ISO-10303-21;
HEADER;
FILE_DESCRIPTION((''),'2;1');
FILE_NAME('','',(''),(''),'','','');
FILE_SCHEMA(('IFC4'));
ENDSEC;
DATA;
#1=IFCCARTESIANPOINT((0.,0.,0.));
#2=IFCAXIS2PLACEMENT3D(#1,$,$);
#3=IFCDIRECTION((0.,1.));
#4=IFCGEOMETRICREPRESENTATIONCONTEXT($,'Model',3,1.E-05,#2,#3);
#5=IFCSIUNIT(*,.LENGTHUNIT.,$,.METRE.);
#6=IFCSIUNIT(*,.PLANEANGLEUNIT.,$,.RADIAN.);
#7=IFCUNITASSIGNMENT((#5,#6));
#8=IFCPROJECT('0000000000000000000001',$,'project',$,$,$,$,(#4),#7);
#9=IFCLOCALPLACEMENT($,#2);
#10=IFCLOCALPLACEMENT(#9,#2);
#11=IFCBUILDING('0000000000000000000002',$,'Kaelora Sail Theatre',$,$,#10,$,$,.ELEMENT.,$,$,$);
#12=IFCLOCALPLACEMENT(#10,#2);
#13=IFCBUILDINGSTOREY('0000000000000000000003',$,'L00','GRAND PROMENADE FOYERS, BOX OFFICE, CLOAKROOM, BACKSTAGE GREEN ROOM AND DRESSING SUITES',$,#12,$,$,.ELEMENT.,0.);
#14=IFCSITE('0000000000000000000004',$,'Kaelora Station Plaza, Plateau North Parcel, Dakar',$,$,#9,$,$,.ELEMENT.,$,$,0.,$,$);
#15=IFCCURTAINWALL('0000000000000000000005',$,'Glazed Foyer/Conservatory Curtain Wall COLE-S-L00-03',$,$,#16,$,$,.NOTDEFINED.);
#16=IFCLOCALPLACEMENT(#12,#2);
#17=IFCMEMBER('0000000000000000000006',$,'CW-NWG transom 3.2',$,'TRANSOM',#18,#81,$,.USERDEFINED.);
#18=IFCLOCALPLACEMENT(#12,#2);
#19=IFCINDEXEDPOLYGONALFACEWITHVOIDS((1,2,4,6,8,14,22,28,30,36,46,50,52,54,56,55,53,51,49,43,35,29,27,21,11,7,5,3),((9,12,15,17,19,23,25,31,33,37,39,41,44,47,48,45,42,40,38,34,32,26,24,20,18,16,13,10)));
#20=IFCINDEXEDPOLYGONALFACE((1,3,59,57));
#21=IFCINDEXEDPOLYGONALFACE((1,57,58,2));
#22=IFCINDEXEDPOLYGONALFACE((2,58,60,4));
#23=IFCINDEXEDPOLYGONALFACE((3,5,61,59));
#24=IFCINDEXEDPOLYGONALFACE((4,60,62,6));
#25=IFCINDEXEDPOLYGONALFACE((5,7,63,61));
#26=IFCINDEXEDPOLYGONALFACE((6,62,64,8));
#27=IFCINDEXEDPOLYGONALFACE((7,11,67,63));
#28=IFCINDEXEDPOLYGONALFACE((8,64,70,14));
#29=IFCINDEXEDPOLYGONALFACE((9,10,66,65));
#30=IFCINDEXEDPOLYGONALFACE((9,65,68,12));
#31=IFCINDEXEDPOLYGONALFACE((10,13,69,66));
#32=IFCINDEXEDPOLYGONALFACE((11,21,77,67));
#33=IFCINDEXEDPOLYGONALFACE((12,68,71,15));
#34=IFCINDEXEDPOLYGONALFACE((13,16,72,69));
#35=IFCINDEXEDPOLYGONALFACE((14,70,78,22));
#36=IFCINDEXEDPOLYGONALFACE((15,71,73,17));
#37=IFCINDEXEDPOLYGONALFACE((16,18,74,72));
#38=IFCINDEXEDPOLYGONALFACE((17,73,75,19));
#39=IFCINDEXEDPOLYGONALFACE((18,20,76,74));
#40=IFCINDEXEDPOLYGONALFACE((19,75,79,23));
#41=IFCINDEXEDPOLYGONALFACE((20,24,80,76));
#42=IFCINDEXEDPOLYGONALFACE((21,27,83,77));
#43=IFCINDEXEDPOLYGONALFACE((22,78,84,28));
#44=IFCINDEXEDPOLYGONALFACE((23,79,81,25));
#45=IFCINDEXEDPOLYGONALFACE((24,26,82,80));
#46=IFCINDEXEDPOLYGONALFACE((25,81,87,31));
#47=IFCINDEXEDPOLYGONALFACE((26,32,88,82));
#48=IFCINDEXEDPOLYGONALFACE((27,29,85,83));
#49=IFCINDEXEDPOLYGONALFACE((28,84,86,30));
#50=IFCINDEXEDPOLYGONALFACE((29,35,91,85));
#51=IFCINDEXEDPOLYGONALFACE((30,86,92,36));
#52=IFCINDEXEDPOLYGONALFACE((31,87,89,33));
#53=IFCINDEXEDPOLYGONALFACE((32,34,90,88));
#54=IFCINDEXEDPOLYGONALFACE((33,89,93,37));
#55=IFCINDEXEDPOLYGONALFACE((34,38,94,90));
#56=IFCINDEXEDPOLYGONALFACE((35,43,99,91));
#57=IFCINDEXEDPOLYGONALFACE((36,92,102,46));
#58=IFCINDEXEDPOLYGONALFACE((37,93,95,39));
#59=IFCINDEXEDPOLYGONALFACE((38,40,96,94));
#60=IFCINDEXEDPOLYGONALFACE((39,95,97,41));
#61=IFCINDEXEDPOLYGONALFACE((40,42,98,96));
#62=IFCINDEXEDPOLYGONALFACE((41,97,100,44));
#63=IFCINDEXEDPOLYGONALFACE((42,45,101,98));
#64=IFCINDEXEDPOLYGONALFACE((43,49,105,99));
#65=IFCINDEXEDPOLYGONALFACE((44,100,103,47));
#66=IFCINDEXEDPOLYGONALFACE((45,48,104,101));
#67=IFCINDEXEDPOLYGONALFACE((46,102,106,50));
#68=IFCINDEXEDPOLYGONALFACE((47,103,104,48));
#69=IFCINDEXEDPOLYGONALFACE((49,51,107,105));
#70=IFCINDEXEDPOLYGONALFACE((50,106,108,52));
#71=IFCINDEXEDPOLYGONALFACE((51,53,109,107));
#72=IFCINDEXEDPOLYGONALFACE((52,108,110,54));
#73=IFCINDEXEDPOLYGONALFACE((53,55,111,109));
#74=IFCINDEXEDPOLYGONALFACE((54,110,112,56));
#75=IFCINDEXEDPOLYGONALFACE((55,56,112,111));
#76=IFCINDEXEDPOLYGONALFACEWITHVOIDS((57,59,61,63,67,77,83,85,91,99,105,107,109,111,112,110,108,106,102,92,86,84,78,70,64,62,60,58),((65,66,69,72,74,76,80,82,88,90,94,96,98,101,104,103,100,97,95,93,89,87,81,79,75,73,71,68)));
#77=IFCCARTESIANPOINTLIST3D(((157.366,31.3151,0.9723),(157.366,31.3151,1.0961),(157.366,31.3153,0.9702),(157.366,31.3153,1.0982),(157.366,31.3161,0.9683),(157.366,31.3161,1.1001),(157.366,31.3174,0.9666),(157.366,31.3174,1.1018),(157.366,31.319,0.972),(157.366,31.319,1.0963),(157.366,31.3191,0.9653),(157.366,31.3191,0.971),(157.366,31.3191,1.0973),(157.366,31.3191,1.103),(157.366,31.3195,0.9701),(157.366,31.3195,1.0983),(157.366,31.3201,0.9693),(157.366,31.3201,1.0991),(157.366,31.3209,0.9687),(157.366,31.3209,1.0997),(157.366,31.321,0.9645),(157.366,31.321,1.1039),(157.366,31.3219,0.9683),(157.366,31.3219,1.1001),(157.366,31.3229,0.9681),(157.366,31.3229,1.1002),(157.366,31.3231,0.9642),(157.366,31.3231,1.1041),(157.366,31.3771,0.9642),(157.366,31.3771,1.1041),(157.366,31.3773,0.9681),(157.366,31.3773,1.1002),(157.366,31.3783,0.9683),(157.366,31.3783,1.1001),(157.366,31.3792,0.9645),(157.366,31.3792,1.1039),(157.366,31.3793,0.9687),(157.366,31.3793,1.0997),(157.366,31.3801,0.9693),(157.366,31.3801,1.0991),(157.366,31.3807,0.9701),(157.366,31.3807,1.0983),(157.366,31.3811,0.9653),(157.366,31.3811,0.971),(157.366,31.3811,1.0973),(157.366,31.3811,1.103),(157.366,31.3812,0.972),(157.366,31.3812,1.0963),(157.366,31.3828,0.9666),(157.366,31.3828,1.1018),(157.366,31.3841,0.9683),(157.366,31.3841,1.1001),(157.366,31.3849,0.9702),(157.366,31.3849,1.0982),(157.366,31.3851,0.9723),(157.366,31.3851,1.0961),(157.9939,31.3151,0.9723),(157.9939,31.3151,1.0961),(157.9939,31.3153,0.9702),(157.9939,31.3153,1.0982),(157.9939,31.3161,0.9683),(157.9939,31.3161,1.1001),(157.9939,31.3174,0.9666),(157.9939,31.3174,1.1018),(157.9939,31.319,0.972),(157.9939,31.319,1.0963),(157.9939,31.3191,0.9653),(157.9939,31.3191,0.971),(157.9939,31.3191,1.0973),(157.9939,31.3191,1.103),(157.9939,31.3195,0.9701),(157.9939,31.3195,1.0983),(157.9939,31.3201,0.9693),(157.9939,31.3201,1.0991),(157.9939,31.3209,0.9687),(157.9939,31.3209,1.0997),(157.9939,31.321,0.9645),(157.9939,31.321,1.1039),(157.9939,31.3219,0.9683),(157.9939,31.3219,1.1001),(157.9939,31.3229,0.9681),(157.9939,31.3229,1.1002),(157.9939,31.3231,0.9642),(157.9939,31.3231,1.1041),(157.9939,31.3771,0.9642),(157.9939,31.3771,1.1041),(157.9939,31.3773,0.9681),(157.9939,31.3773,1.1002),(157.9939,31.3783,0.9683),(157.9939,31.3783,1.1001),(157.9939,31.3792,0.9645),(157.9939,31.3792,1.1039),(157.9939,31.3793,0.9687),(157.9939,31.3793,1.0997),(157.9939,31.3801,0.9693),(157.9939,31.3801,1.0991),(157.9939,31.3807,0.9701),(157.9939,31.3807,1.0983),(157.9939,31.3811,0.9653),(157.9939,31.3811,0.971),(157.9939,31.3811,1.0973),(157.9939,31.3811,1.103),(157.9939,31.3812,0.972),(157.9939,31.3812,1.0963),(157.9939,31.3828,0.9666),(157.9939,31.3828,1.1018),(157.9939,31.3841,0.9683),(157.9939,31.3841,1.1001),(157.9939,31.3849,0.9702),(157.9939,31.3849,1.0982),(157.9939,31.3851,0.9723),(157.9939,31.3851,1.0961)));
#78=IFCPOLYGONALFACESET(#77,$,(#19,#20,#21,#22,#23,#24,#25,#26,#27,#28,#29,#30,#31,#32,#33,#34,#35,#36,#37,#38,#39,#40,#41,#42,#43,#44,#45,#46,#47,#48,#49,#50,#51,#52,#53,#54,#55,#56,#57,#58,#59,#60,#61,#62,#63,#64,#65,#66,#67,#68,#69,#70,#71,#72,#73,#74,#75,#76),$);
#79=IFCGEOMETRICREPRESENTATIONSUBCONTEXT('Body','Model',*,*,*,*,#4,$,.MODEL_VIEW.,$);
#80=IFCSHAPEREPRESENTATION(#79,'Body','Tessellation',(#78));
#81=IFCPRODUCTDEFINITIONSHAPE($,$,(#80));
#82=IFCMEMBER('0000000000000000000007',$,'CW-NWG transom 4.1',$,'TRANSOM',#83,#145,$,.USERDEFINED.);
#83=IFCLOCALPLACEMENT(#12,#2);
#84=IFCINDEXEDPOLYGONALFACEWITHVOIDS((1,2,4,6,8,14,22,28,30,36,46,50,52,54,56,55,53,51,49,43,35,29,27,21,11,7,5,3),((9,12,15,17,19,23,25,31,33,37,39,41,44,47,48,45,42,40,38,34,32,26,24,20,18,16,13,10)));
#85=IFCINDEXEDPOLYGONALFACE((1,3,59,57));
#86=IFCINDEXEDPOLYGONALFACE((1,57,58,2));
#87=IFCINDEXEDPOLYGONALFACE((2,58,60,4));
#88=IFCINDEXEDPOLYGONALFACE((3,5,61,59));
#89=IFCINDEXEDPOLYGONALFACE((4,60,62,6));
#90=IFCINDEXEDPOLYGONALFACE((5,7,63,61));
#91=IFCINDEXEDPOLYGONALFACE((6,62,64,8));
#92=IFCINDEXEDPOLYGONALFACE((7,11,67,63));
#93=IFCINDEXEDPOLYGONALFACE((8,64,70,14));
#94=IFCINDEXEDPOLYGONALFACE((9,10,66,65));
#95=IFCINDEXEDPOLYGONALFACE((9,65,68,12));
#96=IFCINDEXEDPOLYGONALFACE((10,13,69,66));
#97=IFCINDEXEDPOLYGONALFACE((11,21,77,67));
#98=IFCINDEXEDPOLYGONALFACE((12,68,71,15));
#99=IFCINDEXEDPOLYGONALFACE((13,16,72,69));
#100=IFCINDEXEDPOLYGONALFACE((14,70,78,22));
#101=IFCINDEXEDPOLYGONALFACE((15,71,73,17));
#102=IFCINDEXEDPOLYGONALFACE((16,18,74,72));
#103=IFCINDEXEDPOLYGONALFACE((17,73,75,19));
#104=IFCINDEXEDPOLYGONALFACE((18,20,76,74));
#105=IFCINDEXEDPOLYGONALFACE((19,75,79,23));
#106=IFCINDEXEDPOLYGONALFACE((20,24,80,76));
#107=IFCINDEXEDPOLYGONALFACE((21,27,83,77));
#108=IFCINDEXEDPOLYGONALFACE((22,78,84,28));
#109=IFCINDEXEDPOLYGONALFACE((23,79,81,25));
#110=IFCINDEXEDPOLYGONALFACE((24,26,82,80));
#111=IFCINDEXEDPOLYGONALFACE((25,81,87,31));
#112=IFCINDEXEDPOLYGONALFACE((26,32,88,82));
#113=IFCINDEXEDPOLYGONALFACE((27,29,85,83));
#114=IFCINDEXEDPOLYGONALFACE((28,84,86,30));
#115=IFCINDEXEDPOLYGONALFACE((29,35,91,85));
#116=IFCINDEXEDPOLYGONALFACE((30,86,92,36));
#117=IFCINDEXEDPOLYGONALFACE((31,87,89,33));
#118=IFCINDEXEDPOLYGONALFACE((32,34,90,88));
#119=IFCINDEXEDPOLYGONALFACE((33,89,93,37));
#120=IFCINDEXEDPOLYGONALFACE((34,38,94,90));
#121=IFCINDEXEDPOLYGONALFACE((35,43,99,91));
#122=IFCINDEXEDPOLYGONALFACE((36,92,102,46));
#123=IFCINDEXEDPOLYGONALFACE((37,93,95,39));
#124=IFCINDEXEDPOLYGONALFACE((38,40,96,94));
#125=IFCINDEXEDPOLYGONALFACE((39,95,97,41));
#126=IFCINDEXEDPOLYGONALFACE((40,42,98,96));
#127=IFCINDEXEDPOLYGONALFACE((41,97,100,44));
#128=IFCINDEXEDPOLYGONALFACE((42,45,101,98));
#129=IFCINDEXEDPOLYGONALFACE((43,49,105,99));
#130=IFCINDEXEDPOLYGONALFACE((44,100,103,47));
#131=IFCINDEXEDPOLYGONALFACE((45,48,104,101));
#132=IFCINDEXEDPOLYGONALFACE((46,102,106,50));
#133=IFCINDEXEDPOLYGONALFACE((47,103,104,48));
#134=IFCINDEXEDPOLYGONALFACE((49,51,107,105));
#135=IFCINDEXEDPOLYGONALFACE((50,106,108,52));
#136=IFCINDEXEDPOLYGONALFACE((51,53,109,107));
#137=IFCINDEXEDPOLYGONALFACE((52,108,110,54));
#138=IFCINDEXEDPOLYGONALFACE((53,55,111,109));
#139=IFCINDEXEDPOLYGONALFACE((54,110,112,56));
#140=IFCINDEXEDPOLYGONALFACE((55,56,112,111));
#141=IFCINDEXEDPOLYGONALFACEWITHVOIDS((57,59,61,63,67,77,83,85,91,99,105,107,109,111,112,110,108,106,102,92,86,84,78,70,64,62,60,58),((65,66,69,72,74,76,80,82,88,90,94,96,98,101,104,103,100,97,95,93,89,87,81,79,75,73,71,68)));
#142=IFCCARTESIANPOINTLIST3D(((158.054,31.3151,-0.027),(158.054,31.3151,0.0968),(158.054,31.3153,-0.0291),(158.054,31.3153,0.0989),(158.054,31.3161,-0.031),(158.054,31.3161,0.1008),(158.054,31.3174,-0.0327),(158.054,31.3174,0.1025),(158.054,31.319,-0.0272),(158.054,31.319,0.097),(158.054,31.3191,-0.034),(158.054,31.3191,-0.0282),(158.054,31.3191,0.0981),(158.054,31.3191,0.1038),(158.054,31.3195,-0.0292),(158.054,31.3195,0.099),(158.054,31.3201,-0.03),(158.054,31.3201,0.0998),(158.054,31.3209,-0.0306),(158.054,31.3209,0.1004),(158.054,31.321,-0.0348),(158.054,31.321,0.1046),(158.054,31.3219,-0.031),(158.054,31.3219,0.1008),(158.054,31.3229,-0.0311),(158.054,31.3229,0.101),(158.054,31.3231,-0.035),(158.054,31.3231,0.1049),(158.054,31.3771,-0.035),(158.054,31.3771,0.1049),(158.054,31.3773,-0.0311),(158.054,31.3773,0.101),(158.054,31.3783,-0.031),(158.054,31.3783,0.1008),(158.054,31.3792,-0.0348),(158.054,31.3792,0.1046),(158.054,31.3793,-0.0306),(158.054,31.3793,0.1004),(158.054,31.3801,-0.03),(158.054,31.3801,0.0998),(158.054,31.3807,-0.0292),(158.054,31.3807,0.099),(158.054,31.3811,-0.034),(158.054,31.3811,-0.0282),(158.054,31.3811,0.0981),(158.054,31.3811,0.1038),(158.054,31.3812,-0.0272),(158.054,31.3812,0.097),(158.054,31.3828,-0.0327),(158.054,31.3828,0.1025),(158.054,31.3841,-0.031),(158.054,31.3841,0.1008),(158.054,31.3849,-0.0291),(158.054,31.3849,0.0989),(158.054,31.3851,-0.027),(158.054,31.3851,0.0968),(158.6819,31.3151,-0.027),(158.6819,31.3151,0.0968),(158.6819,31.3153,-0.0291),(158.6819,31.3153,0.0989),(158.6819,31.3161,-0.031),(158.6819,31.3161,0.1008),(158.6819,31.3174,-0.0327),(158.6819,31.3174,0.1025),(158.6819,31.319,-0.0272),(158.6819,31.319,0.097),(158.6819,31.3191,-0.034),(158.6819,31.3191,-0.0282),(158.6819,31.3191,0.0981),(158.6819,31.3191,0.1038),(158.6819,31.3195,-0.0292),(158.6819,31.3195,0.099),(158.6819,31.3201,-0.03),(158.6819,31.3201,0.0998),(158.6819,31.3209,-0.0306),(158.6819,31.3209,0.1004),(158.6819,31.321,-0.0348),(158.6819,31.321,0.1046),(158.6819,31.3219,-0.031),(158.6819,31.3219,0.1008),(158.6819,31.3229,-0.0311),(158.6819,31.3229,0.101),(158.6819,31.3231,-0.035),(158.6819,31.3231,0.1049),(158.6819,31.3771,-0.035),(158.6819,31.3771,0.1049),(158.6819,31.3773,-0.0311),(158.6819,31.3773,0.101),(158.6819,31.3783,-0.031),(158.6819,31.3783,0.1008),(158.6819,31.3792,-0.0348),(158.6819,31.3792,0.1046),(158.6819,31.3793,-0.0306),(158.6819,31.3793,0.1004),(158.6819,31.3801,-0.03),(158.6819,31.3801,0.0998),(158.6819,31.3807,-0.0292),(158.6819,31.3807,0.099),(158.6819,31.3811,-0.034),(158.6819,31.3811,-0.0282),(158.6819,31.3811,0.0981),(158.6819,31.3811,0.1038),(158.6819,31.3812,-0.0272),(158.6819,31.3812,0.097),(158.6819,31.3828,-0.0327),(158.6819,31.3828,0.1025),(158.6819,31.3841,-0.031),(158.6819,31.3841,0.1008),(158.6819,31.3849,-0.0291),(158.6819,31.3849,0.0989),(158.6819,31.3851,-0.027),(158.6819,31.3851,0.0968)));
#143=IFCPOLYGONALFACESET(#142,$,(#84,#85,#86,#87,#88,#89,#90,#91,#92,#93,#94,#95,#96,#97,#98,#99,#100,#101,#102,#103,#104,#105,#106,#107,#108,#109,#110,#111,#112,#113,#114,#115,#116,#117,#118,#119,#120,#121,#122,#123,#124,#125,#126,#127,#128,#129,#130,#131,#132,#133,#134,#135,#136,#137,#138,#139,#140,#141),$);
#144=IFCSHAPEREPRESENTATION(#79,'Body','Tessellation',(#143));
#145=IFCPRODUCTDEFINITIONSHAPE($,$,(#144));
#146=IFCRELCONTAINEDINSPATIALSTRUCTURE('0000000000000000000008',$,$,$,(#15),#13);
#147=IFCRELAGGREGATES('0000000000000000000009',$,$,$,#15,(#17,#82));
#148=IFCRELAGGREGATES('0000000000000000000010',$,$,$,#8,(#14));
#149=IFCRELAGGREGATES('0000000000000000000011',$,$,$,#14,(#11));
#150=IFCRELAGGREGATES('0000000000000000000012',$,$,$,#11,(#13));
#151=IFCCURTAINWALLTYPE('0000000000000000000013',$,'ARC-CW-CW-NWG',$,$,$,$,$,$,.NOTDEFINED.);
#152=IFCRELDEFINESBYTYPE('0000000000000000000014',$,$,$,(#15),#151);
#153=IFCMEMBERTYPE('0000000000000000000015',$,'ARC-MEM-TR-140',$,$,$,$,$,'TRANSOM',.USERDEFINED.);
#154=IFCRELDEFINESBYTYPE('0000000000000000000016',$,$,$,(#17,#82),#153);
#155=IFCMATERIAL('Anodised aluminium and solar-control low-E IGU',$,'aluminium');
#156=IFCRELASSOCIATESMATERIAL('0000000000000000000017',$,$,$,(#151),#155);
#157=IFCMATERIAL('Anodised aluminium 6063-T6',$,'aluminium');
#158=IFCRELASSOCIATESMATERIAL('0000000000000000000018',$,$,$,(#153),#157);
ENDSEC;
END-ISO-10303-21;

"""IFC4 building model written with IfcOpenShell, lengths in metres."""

from ifc_helpers import new_model, si_unit, direction, frame, origin, origin_2d, place, context, subcontext, project, spatial, hollow_rectangle, extrude, material, material_profile, profile_set, type_object, element, aggregate, save


model = new_model("IFC4")

# Units and contexts
model_context = context("Model", 3, precision=1e-05, world=origin(), true_north=direction((0.0, 1.0)))
body_context = subcontext(model_context, "Body", "Model", "MODEL_VIEW")
ifc_project = project(units=[si_unit("LENGTHUNIT", "METRE"), si_unit("PLANEANGLEUNIT", "RADIAN")], contexts=[model_context])

# Site, building, storey
site_placement = place(None, origin())
site = spatial("IfcSite", under=ifc_project, at=site_placement, Name="Kaelora Station Plaza, Plateau North Parcel, Dakar", CompositionType="ELEMENT", RefElevation=0.0)
building_placement = place(site_placement, origin())
building = spatial("IfcBuilding", under=site, at=building_placement, Name="Kaelora Sail Theatre", CompositionType="ELEMENT")
storey_placement = place(building_placement, origin())
storey = spatial("IfcBuildingStorey", under=building, at=storey_placement, Name="L00", Description="GRAND PROMENADE FOYERS, BOX OFFICE, CLOAKROOM, BACKSTAGE GREEN ROOM AND DRESSING SUITES", CompositionType="ELEMENT", Elevation=0.0)

# Shared definitions
ifc_material_1 = material(Name="Anodised aluminium and solar-control low-E IGU", Category="aluminium")
curtain_wall_type = type_object("IfcCurtainWallType", Name="ARC-CW-CW-NWG", PredefinedType="NOTDEFINED", material=ifc_material_1)

# Curtain wall, members
curtain_wall_1_placement = place(storey_placement, origin())
curtain_wall_1 = element("IfcCurtainWall", 1, at=curtain_wall_1_placement, inside=storey, type_object=curtain_wall_type, Name="Glazed Foyer/Conservatory Curtain Wall COLE-S-L00-03", PredefinedType="NOTDEFINED")
ifc_material_2 = material(Name="Anodised aluminium 6063-T6", Category="aluminium")
ifc_material_profile_1 = material_profile(ifc_material_2, hollow_rectangle(XDim=0.0701, YDim=0.1399, WallThickness=0.0039, InnerFilletRadius=0.0039, OuterFilletRadius=0.0081, at=origin_2d()), Name="ALU-TRAN 70x140x4")
ifc_profile_set_1 = profile_set([ifc_material_profile_1], Name="Anodised aluminium 6063-T6")
member_type_1 = type_object("IfcMemberType", Name="ARC-MEM-TR-140", ElementType="TRANSOM", PredefinedType="USERDEFINED", material=ifc_profile_set_1)
member_1_placement = place(storey_placement, frame((157.366, 31.3501, 1.0342), z_axis=(1.0, 0.0, 0.0), x_axis=(0.0, 1.0, 0.0)))
member_1 = element("IfcMember", 2, at=member_1_placement, type_object=member_type_1, Name="CW-NWG transom 3.2", ObjectType="TRANSOM", PredefinedType="USERDEFINED", context=body_context, shape_type="SweptSolid", body=[
    extrude(hollow_rectangle(XDim=0.0701, YDim=0.1399, WallThickness=0.0039, InnerFilletRadius=0.0039, OuterFilletRadius=0.0081, at=origin_2d()), origin(), (0.0, 0.0, 1.0), 0.6279),
])
member_2_placement = place(storey_placement, frame((158.054, 31.3501, 0.0349), z_axis=(1.0, 0.0, 0.0), x_axis=(0.0, 1.0, 0.0)))
member_2 = element("IfcMember", 3, at=member_2_placement, type_object=member_type_1, Name="CW-NWG transom 4.1", ObjectType="TRANSOM", PredefinedType="USERDEFINED", context=body_context, shape_type="SweptSolid", body=[
    extrude(hollow_rectangle(XDim=0.0701, YDim=0.1399, WallThickness=0.0039, InnerFilletRadius=0.0039, OuterFilletRadius=0.0081, at=origin_2d()), origin(), (0.0, 0.0, 1.0), 0.6279),
])

aggregate(curtain_wall_1, [member_1, member_2])

save(model, "model.ifc")
